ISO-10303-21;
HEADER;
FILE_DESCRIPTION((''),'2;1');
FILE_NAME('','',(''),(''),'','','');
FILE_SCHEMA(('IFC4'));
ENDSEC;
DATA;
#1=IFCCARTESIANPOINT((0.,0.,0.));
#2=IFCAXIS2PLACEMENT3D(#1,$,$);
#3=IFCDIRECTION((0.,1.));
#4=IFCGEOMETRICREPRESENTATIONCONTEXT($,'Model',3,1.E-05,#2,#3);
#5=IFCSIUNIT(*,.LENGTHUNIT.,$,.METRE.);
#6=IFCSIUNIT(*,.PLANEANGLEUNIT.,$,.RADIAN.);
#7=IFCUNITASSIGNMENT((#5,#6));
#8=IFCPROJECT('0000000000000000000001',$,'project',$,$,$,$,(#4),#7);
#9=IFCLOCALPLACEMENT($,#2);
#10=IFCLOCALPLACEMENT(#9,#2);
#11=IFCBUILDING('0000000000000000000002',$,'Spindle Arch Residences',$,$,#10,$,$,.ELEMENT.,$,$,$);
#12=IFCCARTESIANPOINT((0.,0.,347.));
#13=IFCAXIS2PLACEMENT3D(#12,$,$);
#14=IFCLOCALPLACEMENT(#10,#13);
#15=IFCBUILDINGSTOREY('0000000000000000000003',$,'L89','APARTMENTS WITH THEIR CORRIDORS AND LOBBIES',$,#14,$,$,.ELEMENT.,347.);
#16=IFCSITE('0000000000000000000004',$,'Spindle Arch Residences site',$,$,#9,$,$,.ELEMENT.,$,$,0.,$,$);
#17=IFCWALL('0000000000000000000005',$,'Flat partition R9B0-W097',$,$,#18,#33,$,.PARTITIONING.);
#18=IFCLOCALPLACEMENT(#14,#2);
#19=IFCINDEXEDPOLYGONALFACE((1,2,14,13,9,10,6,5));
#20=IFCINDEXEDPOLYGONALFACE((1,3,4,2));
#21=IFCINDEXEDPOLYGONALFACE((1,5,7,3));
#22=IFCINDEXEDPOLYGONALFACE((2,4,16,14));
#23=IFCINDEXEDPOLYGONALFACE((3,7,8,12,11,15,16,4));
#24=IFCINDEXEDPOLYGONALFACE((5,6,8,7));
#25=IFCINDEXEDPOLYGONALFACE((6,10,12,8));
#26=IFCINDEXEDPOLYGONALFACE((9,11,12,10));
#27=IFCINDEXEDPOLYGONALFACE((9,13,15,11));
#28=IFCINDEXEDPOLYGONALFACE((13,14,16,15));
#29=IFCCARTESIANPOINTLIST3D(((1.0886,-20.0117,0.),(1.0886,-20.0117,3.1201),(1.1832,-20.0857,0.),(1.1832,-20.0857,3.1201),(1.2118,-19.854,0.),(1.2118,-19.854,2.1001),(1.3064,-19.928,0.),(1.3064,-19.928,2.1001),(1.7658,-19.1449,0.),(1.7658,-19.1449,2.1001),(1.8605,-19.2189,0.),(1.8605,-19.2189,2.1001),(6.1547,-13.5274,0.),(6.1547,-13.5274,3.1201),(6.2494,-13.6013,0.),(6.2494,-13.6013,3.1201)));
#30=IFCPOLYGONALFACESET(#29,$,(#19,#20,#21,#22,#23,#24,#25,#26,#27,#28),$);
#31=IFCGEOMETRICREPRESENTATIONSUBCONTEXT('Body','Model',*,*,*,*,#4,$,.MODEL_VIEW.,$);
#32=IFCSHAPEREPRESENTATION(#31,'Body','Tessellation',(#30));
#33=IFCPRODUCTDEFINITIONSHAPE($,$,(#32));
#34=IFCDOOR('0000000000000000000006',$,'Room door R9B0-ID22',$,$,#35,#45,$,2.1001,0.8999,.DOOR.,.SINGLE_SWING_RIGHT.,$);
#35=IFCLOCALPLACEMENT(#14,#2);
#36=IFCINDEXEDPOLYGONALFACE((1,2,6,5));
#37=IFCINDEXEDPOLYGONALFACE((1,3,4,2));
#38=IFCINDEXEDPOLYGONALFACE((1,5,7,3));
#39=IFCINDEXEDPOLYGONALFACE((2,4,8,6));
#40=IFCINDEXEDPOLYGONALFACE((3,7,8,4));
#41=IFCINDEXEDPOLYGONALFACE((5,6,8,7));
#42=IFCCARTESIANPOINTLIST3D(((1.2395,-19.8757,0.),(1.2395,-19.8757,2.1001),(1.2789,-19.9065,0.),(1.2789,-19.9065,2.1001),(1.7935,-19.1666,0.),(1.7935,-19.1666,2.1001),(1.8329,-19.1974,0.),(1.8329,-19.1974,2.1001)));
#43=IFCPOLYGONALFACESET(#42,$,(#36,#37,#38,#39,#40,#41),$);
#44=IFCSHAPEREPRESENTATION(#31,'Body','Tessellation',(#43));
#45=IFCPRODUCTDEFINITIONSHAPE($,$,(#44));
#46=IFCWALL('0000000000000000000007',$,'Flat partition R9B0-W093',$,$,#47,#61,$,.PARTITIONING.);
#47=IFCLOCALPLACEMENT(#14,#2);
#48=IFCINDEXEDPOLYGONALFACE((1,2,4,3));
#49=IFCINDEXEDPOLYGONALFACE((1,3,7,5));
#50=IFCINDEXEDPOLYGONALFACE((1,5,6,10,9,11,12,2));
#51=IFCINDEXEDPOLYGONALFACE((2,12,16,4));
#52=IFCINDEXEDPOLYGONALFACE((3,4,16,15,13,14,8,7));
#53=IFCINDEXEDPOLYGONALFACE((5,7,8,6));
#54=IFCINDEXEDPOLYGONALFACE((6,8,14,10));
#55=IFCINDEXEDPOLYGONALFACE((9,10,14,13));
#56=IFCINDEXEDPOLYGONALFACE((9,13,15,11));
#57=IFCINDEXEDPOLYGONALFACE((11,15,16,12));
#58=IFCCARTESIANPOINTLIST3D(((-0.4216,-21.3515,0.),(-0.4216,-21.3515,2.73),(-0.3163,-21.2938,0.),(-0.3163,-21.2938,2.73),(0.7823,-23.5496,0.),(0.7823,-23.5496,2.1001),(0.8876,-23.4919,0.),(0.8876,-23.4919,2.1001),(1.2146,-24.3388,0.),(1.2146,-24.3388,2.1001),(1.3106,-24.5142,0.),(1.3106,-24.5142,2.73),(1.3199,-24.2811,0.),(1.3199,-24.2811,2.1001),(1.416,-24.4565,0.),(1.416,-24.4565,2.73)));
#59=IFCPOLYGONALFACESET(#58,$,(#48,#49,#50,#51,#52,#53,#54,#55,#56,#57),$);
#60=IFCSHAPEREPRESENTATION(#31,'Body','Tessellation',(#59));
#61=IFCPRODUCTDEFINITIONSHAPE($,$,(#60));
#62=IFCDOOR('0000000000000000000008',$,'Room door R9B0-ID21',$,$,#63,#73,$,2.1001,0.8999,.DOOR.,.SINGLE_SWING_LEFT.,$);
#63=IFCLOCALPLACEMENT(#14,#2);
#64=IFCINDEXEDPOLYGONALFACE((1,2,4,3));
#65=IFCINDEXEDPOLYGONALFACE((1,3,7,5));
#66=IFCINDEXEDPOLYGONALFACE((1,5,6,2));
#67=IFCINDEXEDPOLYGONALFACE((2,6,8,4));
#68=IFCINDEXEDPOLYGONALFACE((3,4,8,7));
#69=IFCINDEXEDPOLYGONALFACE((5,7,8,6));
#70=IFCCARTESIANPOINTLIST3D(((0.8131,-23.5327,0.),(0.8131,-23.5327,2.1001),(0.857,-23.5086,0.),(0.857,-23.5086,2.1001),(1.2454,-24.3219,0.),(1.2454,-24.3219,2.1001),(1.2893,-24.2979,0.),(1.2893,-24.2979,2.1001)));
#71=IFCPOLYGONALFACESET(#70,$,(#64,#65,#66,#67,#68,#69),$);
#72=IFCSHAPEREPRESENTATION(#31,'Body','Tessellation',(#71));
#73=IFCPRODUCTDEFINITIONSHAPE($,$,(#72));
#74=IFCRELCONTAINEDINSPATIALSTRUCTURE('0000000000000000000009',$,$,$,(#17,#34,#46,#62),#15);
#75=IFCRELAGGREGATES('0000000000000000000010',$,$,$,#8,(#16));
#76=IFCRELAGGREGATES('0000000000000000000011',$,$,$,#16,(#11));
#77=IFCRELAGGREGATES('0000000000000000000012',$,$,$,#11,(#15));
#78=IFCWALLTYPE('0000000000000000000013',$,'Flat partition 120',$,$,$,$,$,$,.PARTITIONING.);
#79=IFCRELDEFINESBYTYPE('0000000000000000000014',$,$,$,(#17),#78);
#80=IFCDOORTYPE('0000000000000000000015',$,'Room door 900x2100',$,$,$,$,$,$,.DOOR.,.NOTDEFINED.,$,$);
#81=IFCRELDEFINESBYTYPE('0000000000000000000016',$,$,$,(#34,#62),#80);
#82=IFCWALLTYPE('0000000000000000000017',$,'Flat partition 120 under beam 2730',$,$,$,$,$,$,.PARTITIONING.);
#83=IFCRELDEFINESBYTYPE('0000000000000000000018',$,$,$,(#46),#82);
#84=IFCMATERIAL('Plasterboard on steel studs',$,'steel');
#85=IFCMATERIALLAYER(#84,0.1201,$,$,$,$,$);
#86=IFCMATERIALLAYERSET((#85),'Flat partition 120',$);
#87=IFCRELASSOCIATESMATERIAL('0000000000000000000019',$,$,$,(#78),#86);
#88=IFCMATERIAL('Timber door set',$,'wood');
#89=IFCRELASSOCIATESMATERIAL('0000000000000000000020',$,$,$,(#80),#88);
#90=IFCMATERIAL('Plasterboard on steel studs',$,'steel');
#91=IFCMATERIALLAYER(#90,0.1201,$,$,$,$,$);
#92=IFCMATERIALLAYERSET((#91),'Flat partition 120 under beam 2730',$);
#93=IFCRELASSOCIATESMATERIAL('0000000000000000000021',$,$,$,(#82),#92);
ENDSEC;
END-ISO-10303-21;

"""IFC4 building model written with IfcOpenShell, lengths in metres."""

from ifc_helpers import new_model, si_unit, direction, frame, frame_2d, origin, place, context, subcontext, project, spatial, rectangle, extrude, material, layer, layer_set, type_object, element, fill, save


model = new_model("IFC4")

# Units and contexts
model_context = context("Model", 3, precision=1e-05, world=origin(), true_north=direction((0.0, 1.0)))
body_context = subcontext(model_context, "Body", "Model", "MODEL_VIEW")
ifc_project = project(units=[si_unit("LENGTHUNIT", "METRE"), si_unit("PLANEANGLEUNIT", "RADIAN")], contexts=[model_context])

# Site, building, storey
site_placement = place(None, origin())
site = spatial("IfcSite", under=ifc_project, at=site_placement, Name="Spindle Arch Residences site", CompositionType="ELEMENT", RefElevation=0.0)
building_placement = place(site_placement, origin())
building = spatial("IfcBuilding", under=site, at=building_placement, Name="Spindle Arch Residences", CompositionType="ELEMENT")
storey_placement = place(building_placement, frame((0.0, 0.0, 347.0)))
storey = spatial("IfcBuildingStorey", under=building, at=storey_placement, Name="L89", Description="APARTMENTS WITH THEIR CORRIDORS AND LOBBIES", CompositionType="ELEMENT", Elevation=347.0)

# Shared definitions
ifc_material_1 = material(Name="Plasterboard on steel studs", Category="steel")
ifc_layer_1 = layer(ifc_material_1, 0.1201)
ifc_layer_set_1 = layer_set([ifc_layer_1], Name="Flat partition 120")
wall_type_1 = type_object("IfcWallType", Name="Flat partition 120", PredefinedType="PARTITIONING", material=ifc_layer_set_1)

# Walls, openings, doors
wall_1_placement = place(storey_placement, frame((1.136, -20.0486, 0.0), z_axis=(0.0, 0.0, 1.0), x_axis=(0.615662, 0.78801, 0.0)))
wall_1 = element("IfcWall", 1, at=wall_1_placement, inside=storey, type_object=wall_type_1, Name="Flat partition R9B0-W097", PredefinedType="PARTITIONING", context=body_context, shape_type="SweptSolid", body=[
    extrude(rectangle(XDim=8.2288, YDim=0.1201, at=frame_2d((4.1143, 0.0))), origin(), (0.0, 0.0, 1.0), 3.1201),
])
opening_1_placement = place(wall_1_placement, frame((0.2, 0.0, 0.0)))
opening_1 = element("IfcOpeningElement", 2, at=opening_1_placement, cuts=wall_1, PredefinedType="OPENING", context=body_context, shape_type="SweptSolid", body=[
    extrude(rectangle(XDim=0.8999, YDim=2.1001, at=frame_2d((0.45, 1.05))), frame((0.0, 0.0701, 0.0), z_axis=(0.0, -1.0, 0.0), x_axis=(1.0, 0.0, 0.0)), (0.0, 0.0, 1.0), 0.1401),
])
ifc_material_2 = material(Name="Timber door set", Category="wood")
door_type = type_object("IfcDoorType", Name="Room door 900x2100", OperationType="NOTDEFINED", PredefinedType="DOOR", material=ifc_material_2)
door_1_placement = place(opening_1_placement, origin())
door_1 = element("IfcDoor", 3, at=door_1_placement, inside=storey, type_object=door_type, Name="Room door R9B0-ID22", OperationType="SINGLE_SWING_RIGHT", OverallHeight=2.1001, OverallWidth=0.8999, PredefinedType="DOOR", context=body_context, shape_type="SweptSolid", body=[
    extrude(rectangle(XDim=0.8999, YDim=2.1001, at=frame_2d((0.45, 1.05))), frame((0.0, 0.0249, 0.0), z_axis=(0.0, -1.0, 0.0), x_axis=(1.0, 0.0, 0.0)), (0.0, 0.0, 1.0), 0.05),
])
fill(opening_1, door_1)
ifc_material_3 = material(Name="Plasterboard on steel studs", Category="steel")
ifc_layer_2 = layer(ifc_material_3, 0.1201)
ifc_layer_set_2 = layer_set([ifc_layer_2], Name="Flat partition 120 under beam 2730")
wall_type_2 = type_object("IfcWallType", Name="Flat partition 120 under beam 2730", PredefinedType="PARTITIONING", material=ifc_layer_set_2)
wall_2_placement = place(storey_placement, frame((1.3633, -24.4854, 0.0), z_axis=(0.0, 0.0, 1.0), x_axis=(-0.480374, 0.877064, 0.0)))
wall_2 = element("IfcWall", 4, at=wall_2_placement, inside=storey, type_object=wall_type_2, Name="Flat partition R9B0-W093", PredefinedType="PARTITIONING", context=body_context, shape_type="SweptSolid", body=[
    extrude(rectangle(XDim=3.606, YDim=0.1201, at=frame_2d((1.803, 0.0))), origin(), (0.0, 0.0, 1.0), 2.73),
])
opening_2_placement = place(wall_2_placement, frame((0.2, 0.0, 0.0)))
opening_2 = element("IfcOpeningElement", 5, at=opening_2_placement, cuts=wall_2, PredefinedType="OPENING", context=body_context, shape_type="SweptSolid", body=[
    extrude(rectangle(XDim=0.8999, YDim=2.1001, at=frame_2d((0.45, 1.05))), frame((0.0, 0.0701, 0.0), z_axis=(0.0, -1.0, 0.0), x_axis=(1.0, 0.0, 0.0)), (0.0, 0.0, 1.0), 0.1401),
])
door_2_placement = place(opening_2_placement, origin())
door_2 = element("IfcDoor", 6, at=door_2_placement, inside=storey, type_object=door_type, Name="Room door R9B0-ID21", OperationType="SINGLE_SWING_LEFT", OverallHeight=2.1001, OverallWidth=0.8999, PredefinedType="DOOR", context=body_context, shape_type="SweptSolid", body=[
    extrude(rectangle(XDim=0.8999, YDim=2.1001, at=frame_2d((0.45, 1.05))), frame((0.0, 0.0249, 0.0), z_axis=(0.0, -1.0, 0.0), x_axis=(1.0, 0.0, 0.0)), (0.0, 0.0, 1.0), 0.05),
])
fill(opening_2, door_2)

save(model, "model.ifc")
